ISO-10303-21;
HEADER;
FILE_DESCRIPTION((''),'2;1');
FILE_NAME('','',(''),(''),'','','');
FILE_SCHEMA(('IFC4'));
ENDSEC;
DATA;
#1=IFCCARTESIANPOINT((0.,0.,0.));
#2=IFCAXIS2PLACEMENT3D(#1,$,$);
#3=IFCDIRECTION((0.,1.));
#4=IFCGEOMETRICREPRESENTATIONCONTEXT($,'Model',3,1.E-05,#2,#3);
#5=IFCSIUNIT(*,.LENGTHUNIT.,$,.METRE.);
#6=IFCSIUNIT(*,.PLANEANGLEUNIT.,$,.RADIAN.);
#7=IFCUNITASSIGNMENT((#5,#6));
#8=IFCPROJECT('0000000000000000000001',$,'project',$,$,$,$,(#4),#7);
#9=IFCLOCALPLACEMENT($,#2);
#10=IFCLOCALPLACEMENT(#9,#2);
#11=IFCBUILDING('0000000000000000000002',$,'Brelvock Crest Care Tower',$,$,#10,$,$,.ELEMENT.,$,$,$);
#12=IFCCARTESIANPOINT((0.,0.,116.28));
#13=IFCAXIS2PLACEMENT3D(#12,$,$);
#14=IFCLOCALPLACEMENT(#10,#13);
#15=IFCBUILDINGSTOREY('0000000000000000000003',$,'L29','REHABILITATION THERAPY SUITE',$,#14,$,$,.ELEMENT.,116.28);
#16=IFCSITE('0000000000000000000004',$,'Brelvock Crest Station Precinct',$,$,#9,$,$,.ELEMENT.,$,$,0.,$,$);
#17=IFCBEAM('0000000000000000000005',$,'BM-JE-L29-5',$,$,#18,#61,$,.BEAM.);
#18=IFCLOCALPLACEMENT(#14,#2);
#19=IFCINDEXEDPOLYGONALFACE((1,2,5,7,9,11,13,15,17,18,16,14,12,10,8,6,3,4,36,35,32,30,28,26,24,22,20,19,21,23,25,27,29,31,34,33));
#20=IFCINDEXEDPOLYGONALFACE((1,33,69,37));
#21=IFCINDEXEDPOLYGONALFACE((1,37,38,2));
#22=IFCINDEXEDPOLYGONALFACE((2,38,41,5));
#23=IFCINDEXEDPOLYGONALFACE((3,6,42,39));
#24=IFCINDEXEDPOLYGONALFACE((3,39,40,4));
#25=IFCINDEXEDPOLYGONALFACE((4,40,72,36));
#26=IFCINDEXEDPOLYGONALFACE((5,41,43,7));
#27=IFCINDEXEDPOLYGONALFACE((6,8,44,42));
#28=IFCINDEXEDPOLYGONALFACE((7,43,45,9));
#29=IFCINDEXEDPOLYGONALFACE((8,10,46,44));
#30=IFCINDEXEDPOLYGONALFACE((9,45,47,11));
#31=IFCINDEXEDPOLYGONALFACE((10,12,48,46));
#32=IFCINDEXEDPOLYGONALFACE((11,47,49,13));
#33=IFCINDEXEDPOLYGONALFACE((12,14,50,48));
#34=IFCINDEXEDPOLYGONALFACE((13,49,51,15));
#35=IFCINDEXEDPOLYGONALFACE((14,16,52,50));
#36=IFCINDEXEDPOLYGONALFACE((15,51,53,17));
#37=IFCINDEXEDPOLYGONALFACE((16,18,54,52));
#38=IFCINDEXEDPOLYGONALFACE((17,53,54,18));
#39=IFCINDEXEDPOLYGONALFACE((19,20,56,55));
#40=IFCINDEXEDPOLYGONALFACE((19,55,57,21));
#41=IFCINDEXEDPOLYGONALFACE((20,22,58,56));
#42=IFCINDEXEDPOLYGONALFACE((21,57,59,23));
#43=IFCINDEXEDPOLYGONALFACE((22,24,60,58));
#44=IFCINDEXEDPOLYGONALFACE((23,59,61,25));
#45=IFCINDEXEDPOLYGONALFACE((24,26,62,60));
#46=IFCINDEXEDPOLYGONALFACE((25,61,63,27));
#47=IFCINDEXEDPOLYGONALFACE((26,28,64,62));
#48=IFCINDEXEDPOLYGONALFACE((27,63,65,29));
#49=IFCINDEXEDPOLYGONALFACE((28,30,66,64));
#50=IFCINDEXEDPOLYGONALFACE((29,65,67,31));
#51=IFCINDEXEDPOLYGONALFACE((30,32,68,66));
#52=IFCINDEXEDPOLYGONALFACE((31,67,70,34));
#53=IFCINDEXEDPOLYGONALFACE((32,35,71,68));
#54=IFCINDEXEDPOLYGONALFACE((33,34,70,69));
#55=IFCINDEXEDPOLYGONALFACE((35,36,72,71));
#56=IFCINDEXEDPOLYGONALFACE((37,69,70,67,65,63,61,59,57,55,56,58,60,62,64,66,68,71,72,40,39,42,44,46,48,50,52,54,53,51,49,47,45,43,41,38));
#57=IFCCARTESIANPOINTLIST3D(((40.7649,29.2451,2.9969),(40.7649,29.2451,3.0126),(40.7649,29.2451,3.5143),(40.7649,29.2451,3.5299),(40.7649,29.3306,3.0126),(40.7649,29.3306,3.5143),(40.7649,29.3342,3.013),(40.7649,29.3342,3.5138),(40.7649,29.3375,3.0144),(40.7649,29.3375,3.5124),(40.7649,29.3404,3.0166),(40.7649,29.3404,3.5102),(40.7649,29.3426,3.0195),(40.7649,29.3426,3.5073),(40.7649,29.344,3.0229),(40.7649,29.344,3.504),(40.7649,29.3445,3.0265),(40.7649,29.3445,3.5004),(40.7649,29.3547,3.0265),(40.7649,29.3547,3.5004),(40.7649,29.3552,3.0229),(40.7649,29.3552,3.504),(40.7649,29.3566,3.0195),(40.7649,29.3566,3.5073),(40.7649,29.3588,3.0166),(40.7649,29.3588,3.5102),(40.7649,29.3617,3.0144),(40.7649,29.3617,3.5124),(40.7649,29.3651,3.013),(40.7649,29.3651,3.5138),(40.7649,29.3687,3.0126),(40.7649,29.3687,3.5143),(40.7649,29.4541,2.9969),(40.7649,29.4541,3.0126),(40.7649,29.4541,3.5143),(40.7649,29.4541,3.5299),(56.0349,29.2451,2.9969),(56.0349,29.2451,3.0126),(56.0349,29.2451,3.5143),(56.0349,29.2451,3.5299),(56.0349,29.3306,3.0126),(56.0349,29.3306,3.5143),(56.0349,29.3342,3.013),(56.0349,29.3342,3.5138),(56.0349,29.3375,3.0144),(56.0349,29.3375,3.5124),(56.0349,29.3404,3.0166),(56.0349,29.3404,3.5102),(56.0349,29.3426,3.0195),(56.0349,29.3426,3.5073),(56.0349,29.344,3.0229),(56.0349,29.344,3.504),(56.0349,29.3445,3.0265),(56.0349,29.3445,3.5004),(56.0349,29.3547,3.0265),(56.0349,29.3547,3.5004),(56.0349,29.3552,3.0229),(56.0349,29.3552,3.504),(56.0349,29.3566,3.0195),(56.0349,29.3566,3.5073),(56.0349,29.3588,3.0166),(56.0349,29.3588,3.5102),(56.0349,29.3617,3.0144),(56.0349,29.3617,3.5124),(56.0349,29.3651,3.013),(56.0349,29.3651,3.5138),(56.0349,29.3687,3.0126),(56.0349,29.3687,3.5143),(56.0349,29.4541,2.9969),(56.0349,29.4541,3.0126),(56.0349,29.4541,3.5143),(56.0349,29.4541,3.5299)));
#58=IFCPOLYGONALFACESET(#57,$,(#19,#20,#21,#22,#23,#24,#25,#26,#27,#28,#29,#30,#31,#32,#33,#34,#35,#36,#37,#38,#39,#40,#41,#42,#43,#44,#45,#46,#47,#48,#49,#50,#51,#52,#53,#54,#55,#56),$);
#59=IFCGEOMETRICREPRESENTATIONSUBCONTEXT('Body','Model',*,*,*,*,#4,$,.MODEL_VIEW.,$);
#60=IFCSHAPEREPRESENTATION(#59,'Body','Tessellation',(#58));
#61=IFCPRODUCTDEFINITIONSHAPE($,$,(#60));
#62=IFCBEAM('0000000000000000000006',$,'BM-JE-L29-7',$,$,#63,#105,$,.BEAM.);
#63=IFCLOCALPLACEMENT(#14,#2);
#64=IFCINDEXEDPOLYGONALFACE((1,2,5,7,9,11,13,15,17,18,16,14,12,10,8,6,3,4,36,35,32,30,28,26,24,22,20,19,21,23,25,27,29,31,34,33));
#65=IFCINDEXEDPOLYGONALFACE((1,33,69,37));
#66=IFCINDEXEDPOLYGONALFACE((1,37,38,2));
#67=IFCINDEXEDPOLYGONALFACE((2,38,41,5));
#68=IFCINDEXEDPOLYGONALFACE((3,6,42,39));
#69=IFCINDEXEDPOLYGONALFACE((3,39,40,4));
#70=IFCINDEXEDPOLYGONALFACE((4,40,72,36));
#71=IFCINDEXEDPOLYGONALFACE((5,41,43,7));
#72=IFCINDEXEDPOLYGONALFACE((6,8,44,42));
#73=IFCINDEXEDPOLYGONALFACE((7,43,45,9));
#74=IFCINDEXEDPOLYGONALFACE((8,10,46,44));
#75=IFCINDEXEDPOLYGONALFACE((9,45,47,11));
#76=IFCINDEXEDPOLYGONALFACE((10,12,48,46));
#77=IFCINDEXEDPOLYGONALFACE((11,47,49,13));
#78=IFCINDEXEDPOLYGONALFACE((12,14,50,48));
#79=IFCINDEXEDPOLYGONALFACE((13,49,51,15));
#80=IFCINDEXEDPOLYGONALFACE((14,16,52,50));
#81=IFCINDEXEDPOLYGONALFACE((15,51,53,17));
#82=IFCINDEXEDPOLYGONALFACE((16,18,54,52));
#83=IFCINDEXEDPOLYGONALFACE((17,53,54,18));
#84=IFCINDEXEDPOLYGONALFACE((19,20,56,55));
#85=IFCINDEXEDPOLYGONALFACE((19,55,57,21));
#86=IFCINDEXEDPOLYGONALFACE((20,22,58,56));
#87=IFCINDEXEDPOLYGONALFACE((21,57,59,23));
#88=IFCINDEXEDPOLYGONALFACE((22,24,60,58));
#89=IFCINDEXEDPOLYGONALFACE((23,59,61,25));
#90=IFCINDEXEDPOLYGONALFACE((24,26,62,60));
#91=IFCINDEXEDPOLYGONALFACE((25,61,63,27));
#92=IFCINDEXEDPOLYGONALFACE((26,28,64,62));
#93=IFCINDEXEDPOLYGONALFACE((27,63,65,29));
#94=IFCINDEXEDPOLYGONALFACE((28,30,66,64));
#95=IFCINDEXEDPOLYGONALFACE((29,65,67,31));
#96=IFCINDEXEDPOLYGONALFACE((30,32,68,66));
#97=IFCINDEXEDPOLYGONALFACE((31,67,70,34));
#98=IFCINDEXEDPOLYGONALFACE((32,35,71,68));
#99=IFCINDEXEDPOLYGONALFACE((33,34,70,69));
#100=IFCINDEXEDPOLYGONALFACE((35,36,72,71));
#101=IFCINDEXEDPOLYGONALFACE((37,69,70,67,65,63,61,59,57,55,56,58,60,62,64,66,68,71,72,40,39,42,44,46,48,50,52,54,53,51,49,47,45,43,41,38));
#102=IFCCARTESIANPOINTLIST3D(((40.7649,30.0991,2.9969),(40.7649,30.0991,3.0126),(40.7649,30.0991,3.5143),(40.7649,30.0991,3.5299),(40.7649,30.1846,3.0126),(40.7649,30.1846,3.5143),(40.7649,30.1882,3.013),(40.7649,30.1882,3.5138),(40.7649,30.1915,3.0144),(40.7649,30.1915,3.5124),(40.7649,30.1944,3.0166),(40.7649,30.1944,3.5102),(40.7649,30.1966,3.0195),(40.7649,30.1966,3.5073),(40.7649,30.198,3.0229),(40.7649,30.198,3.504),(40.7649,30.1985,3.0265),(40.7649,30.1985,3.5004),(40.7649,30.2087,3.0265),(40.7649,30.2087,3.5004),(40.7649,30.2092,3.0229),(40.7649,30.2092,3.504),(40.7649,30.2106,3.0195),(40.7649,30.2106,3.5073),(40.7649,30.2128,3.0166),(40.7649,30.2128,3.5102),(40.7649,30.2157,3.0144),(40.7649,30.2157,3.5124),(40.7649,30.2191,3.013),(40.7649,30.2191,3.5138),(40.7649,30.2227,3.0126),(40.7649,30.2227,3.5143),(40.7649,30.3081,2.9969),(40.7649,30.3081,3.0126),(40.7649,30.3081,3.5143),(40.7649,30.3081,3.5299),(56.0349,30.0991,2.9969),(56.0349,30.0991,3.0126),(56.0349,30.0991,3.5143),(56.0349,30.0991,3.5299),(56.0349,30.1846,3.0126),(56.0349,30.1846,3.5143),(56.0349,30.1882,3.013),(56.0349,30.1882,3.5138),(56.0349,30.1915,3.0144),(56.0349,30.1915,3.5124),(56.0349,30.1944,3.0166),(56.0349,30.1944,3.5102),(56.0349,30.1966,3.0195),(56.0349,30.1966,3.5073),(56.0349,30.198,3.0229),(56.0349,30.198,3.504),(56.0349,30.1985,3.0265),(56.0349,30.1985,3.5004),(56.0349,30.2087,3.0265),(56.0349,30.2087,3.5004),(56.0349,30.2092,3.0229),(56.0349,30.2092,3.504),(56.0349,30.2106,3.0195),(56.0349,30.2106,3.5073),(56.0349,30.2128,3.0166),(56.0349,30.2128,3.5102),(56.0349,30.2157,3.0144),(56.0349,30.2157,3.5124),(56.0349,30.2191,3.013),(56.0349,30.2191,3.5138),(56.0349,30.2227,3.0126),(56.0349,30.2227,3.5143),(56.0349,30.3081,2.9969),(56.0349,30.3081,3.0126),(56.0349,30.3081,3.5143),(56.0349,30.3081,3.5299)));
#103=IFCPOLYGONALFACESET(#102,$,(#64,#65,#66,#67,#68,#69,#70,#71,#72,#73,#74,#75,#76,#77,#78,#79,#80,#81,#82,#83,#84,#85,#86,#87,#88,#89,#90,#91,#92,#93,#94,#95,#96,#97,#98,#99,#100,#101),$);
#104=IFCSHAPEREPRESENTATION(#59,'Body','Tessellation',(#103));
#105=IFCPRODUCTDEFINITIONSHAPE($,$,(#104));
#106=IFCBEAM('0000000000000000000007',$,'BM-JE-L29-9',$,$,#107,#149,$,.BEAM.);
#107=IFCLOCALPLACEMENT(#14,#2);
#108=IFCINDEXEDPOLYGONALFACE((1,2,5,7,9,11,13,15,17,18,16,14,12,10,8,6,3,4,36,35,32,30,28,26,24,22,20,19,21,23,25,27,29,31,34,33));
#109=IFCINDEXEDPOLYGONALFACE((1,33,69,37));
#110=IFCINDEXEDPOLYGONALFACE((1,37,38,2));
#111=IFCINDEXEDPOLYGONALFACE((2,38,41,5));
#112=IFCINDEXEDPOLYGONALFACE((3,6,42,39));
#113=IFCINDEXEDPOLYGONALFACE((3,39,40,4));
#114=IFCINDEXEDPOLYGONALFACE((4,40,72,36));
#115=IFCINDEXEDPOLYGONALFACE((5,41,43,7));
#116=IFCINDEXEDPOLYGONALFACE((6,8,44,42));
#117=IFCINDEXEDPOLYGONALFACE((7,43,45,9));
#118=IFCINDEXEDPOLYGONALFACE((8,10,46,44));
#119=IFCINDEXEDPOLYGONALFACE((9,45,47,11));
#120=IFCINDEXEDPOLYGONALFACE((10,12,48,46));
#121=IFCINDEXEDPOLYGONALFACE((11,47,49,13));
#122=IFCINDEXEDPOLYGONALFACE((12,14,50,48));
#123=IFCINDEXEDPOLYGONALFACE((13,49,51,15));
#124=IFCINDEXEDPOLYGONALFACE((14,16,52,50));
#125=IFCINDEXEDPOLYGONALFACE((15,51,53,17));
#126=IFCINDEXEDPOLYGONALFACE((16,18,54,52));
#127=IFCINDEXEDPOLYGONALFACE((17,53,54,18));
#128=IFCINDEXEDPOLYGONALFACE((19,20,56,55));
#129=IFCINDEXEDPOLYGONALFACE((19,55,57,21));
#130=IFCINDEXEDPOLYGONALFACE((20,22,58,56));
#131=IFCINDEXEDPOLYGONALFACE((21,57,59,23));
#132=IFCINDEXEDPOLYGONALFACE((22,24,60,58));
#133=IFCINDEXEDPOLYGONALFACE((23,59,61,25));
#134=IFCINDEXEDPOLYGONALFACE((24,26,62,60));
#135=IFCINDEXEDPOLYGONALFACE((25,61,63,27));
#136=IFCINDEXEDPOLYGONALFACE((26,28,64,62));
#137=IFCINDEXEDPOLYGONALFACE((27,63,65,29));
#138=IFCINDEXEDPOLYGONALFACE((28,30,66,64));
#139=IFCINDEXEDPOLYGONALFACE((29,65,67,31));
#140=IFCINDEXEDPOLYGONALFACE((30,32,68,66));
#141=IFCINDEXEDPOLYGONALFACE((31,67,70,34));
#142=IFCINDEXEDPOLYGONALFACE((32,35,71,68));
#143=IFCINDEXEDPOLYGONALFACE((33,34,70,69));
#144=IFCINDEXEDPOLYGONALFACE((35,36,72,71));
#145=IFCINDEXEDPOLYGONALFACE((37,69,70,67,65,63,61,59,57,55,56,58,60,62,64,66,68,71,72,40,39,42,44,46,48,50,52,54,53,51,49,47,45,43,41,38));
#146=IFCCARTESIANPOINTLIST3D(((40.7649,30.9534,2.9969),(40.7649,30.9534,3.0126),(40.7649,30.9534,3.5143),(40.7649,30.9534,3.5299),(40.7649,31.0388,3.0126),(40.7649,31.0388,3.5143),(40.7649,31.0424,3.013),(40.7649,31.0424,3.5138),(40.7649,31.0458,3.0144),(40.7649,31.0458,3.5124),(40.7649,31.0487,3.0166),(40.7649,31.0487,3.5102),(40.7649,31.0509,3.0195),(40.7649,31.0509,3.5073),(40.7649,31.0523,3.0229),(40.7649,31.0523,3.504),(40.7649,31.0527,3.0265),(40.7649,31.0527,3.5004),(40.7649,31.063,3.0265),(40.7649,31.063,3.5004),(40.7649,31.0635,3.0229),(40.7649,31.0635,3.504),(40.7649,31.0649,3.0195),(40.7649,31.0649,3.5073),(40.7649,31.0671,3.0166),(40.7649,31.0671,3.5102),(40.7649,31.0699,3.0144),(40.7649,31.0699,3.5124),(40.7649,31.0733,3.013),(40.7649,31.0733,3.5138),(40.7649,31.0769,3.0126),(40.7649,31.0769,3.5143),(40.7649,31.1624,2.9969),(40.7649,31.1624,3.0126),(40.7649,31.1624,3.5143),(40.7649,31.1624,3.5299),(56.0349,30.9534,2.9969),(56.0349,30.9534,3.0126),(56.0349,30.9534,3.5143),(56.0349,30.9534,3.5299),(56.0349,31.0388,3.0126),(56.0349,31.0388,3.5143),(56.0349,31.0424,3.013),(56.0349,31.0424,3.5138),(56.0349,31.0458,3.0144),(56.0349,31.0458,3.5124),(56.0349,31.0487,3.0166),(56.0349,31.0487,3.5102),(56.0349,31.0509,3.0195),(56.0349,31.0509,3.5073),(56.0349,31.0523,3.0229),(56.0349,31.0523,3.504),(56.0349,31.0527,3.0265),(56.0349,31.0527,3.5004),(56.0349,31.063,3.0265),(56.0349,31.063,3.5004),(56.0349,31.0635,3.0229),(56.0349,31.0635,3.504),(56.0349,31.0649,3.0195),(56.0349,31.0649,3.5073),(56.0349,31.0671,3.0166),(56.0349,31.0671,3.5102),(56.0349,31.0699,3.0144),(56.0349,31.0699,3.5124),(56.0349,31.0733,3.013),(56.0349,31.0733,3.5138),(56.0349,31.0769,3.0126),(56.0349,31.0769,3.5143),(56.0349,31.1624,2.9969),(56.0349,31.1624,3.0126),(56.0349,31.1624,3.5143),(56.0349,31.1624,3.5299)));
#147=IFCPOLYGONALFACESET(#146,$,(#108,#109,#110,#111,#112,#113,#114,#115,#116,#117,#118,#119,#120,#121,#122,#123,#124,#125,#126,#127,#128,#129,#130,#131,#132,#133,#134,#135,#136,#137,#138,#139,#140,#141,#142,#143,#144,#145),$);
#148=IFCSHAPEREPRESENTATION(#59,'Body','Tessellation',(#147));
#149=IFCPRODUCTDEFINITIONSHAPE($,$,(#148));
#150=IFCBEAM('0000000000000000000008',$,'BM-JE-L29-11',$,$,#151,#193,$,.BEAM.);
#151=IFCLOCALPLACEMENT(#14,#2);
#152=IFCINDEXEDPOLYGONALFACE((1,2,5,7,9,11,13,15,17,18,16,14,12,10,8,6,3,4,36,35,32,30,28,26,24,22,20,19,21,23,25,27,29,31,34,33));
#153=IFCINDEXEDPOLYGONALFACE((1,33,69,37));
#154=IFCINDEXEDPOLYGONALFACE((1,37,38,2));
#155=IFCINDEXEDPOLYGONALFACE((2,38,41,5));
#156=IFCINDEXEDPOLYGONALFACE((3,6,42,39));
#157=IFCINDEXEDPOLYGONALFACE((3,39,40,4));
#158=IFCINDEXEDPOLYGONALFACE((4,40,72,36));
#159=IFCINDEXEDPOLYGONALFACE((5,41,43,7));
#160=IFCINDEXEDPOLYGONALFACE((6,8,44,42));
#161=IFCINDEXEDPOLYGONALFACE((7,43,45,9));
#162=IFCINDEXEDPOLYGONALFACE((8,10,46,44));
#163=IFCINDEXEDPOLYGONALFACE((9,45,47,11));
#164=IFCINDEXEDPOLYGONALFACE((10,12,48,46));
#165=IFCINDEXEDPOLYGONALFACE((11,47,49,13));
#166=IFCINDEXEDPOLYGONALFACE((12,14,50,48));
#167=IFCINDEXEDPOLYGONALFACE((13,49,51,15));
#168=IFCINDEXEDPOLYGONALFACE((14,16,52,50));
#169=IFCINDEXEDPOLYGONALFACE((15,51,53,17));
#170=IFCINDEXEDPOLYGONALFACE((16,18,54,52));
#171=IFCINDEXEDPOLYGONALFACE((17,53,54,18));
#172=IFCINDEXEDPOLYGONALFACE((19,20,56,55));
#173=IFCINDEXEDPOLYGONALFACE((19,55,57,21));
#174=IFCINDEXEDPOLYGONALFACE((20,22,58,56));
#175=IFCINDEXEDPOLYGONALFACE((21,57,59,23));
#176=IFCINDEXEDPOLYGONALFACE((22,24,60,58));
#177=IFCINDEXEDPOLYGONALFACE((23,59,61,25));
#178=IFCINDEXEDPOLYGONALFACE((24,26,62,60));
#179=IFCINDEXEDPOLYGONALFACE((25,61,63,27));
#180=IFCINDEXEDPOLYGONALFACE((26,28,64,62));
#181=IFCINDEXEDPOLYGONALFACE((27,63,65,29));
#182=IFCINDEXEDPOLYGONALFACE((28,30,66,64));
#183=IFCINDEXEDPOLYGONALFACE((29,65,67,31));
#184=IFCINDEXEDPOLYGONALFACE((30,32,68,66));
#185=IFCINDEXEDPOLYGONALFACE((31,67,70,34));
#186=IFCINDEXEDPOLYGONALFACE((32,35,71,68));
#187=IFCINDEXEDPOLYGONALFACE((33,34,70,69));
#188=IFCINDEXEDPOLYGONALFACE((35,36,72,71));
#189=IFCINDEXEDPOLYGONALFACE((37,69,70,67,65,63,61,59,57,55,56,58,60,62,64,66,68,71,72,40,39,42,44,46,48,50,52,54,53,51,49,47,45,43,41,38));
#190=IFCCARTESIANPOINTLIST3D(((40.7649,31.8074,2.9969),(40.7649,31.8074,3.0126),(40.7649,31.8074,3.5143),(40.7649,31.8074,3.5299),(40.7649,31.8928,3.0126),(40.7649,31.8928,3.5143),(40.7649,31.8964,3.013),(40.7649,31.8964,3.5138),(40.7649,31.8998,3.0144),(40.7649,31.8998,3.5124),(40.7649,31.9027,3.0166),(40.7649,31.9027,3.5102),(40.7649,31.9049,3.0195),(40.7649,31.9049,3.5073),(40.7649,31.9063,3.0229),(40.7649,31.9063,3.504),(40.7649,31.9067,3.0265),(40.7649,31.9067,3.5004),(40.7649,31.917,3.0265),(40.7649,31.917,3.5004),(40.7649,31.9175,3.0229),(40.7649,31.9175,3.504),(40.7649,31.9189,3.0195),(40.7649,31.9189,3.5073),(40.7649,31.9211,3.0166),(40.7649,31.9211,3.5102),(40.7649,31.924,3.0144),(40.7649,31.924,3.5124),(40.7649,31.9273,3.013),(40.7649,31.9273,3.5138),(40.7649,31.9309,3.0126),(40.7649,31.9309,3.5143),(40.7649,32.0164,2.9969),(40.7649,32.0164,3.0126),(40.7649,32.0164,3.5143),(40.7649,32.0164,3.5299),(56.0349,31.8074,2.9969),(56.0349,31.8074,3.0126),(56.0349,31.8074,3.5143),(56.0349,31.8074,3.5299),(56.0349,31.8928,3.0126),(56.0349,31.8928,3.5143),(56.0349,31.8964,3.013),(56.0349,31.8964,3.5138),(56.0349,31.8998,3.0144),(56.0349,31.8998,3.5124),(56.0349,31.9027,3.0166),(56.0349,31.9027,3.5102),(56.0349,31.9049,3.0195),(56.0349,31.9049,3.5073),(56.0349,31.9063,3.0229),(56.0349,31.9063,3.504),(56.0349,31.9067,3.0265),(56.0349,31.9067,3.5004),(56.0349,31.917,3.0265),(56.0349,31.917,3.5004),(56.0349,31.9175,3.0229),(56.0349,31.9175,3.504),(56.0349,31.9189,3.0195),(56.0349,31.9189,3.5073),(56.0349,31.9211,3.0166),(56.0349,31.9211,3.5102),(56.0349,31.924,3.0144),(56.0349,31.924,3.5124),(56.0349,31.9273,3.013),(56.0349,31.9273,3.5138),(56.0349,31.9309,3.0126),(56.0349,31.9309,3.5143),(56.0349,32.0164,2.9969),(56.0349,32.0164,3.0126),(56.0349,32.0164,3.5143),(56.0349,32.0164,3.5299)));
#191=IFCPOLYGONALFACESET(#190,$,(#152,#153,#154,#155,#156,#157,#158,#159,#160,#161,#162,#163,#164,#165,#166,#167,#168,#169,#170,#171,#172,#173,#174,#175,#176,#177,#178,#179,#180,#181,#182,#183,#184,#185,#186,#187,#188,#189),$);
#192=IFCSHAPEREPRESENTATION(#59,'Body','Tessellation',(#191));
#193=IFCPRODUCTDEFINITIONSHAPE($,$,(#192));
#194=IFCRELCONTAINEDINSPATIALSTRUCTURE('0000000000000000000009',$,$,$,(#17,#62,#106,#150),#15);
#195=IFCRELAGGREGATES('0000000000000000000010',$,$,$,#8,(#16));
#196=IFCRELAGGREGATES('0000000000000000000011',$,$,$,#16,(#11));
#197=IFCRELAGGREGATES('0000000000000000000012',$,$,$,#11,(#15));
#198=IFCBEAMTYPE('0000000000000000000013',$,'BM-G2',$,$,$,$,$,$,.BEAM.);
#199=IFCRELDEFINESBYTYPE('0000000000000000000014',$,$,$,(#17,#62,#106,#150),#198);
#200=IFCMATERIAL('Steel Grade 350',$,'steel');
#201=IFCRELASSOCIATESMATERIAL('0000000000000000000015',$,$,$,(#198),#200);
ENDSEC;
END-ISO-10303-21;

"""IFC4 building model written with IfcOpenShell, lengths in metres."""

from ifc_helpers import new_model, si_unit, direction, frame, origin, origin_2d, place, context, subcontext, project, spatial, i_section, extrude, source, transform, mapped, material, material_profile, profile_set, type_object, element, save


model = new_model("IFC4")

# Units and contexts
model_context = context("Model", 3, precision=1e-05, world=origin(), true_north=direction((0.0, 1.0)))
body_context = subcontext(model_context, "Body", "Model", "MODEL_VIEW")
ifc_project = project(units=[si_unit("LENGTHUNIT", "METRE"), si_unit("PLANEANGLEUNIT", "RADIAN")], contexts=[model_context])

# Site, building, storey
site_placement = place(None, origin())
site = spatial("IfcSite", under=ifc_project, at=site_placement, Name="Brelvock Crest Station Precinct", CompositionType="ELEMENT", RefElevation=0.0)
building_placement = place(site_placement, origin())
building = spatial("IfcBuilding", under=site, at=building_placement, Name="Brelvock Crest Care Tower", CompositionType="ELEMENT")
storey_placement = place(building_placement, frame((0.0, 0.0, 116.28)))
storey = spatial("IfcBuildingStorey", under=building, at=storey_placement, Name="L29", Description="REHABILITATION THERAPY SUITE", CompositionType="ELEMENT", Elevation=116.28)

# Shared definitions
ifc_material_1 = material(Name="Steel Grade 350", Category="steel")

# Beams
ifc_material_profile_1 = material_profile(ifc_material_1, i_section(OverallWidth=0.209, OverallDepth=0.533, WebThickness=0.0103, FlangeThickness=0.0156, FilletRadius=0.0139, at=origin_2d()), Name="530UB92.4")
ifc_profile_set_1 = profile_set([ifc_material_profile_1], Name="Steel Grade 350")
beam_type_1 = type_object("IfcBeamType", Name="BM-G2", PredefinedType="BEAM", material=ifc_profile_set_1)
shared_shape_1 = source(origin(), body_context, "Body", "SweptSolid", [
    extrude(i_section(OverallWidth=0.209, OverallDepth=0.533, WebThickness=0.0103, FlangeThickness=0.0156, FilletRadius=0.0139, at=origin_2d()), origin(), (0.0, 0.0, 1.0), 15.27),
])
for number, where, z_axis, x_axis, name in (
    (1, (40.7649, 29.3496, 3.2634), (1.0, 0.0, 0.0), (0.0, 1.0, 0.0), "BM-JE-L29-5"),
    (2, (40.7649, 30.2036, 3.2634), (1.0, 0.0, 0.0), (0.0, 1.0, 0.0), "BM-JE-L29-7"),
    (3, (40.7649, 31.0579, 3.2634), (1.0, 0.0, 0.0), (0.0, 1.0, 0.0), "BM-JE-L29-9"),
    (4, (40.7649, 31.9119, 3.2634), (1.0, 0.0, 0.0), (0.0, 1.0, 0.0), "BM-JE-L29-11"),
):
    element("IfcBeam", number, at=place(storey_placement, frame(where, z_axis=z_axis, x_axis=x_axis)), inside=storey, type_object=beam_type_1, Name=name, PredefinedType="BEAM", context=body_context, shape_type="MappedRepresentation", body=[
        mapped(shared_shape_1, transform((0.0, 0.0, 0.0), x_axis=(1.0, 0.0, 0.0), y_axis=(0.0, 1.0, 0.0), z_axis=(0.0, 0.0, 1.0), scale=1.0)),
    ])

save(model, "model.ifc")
